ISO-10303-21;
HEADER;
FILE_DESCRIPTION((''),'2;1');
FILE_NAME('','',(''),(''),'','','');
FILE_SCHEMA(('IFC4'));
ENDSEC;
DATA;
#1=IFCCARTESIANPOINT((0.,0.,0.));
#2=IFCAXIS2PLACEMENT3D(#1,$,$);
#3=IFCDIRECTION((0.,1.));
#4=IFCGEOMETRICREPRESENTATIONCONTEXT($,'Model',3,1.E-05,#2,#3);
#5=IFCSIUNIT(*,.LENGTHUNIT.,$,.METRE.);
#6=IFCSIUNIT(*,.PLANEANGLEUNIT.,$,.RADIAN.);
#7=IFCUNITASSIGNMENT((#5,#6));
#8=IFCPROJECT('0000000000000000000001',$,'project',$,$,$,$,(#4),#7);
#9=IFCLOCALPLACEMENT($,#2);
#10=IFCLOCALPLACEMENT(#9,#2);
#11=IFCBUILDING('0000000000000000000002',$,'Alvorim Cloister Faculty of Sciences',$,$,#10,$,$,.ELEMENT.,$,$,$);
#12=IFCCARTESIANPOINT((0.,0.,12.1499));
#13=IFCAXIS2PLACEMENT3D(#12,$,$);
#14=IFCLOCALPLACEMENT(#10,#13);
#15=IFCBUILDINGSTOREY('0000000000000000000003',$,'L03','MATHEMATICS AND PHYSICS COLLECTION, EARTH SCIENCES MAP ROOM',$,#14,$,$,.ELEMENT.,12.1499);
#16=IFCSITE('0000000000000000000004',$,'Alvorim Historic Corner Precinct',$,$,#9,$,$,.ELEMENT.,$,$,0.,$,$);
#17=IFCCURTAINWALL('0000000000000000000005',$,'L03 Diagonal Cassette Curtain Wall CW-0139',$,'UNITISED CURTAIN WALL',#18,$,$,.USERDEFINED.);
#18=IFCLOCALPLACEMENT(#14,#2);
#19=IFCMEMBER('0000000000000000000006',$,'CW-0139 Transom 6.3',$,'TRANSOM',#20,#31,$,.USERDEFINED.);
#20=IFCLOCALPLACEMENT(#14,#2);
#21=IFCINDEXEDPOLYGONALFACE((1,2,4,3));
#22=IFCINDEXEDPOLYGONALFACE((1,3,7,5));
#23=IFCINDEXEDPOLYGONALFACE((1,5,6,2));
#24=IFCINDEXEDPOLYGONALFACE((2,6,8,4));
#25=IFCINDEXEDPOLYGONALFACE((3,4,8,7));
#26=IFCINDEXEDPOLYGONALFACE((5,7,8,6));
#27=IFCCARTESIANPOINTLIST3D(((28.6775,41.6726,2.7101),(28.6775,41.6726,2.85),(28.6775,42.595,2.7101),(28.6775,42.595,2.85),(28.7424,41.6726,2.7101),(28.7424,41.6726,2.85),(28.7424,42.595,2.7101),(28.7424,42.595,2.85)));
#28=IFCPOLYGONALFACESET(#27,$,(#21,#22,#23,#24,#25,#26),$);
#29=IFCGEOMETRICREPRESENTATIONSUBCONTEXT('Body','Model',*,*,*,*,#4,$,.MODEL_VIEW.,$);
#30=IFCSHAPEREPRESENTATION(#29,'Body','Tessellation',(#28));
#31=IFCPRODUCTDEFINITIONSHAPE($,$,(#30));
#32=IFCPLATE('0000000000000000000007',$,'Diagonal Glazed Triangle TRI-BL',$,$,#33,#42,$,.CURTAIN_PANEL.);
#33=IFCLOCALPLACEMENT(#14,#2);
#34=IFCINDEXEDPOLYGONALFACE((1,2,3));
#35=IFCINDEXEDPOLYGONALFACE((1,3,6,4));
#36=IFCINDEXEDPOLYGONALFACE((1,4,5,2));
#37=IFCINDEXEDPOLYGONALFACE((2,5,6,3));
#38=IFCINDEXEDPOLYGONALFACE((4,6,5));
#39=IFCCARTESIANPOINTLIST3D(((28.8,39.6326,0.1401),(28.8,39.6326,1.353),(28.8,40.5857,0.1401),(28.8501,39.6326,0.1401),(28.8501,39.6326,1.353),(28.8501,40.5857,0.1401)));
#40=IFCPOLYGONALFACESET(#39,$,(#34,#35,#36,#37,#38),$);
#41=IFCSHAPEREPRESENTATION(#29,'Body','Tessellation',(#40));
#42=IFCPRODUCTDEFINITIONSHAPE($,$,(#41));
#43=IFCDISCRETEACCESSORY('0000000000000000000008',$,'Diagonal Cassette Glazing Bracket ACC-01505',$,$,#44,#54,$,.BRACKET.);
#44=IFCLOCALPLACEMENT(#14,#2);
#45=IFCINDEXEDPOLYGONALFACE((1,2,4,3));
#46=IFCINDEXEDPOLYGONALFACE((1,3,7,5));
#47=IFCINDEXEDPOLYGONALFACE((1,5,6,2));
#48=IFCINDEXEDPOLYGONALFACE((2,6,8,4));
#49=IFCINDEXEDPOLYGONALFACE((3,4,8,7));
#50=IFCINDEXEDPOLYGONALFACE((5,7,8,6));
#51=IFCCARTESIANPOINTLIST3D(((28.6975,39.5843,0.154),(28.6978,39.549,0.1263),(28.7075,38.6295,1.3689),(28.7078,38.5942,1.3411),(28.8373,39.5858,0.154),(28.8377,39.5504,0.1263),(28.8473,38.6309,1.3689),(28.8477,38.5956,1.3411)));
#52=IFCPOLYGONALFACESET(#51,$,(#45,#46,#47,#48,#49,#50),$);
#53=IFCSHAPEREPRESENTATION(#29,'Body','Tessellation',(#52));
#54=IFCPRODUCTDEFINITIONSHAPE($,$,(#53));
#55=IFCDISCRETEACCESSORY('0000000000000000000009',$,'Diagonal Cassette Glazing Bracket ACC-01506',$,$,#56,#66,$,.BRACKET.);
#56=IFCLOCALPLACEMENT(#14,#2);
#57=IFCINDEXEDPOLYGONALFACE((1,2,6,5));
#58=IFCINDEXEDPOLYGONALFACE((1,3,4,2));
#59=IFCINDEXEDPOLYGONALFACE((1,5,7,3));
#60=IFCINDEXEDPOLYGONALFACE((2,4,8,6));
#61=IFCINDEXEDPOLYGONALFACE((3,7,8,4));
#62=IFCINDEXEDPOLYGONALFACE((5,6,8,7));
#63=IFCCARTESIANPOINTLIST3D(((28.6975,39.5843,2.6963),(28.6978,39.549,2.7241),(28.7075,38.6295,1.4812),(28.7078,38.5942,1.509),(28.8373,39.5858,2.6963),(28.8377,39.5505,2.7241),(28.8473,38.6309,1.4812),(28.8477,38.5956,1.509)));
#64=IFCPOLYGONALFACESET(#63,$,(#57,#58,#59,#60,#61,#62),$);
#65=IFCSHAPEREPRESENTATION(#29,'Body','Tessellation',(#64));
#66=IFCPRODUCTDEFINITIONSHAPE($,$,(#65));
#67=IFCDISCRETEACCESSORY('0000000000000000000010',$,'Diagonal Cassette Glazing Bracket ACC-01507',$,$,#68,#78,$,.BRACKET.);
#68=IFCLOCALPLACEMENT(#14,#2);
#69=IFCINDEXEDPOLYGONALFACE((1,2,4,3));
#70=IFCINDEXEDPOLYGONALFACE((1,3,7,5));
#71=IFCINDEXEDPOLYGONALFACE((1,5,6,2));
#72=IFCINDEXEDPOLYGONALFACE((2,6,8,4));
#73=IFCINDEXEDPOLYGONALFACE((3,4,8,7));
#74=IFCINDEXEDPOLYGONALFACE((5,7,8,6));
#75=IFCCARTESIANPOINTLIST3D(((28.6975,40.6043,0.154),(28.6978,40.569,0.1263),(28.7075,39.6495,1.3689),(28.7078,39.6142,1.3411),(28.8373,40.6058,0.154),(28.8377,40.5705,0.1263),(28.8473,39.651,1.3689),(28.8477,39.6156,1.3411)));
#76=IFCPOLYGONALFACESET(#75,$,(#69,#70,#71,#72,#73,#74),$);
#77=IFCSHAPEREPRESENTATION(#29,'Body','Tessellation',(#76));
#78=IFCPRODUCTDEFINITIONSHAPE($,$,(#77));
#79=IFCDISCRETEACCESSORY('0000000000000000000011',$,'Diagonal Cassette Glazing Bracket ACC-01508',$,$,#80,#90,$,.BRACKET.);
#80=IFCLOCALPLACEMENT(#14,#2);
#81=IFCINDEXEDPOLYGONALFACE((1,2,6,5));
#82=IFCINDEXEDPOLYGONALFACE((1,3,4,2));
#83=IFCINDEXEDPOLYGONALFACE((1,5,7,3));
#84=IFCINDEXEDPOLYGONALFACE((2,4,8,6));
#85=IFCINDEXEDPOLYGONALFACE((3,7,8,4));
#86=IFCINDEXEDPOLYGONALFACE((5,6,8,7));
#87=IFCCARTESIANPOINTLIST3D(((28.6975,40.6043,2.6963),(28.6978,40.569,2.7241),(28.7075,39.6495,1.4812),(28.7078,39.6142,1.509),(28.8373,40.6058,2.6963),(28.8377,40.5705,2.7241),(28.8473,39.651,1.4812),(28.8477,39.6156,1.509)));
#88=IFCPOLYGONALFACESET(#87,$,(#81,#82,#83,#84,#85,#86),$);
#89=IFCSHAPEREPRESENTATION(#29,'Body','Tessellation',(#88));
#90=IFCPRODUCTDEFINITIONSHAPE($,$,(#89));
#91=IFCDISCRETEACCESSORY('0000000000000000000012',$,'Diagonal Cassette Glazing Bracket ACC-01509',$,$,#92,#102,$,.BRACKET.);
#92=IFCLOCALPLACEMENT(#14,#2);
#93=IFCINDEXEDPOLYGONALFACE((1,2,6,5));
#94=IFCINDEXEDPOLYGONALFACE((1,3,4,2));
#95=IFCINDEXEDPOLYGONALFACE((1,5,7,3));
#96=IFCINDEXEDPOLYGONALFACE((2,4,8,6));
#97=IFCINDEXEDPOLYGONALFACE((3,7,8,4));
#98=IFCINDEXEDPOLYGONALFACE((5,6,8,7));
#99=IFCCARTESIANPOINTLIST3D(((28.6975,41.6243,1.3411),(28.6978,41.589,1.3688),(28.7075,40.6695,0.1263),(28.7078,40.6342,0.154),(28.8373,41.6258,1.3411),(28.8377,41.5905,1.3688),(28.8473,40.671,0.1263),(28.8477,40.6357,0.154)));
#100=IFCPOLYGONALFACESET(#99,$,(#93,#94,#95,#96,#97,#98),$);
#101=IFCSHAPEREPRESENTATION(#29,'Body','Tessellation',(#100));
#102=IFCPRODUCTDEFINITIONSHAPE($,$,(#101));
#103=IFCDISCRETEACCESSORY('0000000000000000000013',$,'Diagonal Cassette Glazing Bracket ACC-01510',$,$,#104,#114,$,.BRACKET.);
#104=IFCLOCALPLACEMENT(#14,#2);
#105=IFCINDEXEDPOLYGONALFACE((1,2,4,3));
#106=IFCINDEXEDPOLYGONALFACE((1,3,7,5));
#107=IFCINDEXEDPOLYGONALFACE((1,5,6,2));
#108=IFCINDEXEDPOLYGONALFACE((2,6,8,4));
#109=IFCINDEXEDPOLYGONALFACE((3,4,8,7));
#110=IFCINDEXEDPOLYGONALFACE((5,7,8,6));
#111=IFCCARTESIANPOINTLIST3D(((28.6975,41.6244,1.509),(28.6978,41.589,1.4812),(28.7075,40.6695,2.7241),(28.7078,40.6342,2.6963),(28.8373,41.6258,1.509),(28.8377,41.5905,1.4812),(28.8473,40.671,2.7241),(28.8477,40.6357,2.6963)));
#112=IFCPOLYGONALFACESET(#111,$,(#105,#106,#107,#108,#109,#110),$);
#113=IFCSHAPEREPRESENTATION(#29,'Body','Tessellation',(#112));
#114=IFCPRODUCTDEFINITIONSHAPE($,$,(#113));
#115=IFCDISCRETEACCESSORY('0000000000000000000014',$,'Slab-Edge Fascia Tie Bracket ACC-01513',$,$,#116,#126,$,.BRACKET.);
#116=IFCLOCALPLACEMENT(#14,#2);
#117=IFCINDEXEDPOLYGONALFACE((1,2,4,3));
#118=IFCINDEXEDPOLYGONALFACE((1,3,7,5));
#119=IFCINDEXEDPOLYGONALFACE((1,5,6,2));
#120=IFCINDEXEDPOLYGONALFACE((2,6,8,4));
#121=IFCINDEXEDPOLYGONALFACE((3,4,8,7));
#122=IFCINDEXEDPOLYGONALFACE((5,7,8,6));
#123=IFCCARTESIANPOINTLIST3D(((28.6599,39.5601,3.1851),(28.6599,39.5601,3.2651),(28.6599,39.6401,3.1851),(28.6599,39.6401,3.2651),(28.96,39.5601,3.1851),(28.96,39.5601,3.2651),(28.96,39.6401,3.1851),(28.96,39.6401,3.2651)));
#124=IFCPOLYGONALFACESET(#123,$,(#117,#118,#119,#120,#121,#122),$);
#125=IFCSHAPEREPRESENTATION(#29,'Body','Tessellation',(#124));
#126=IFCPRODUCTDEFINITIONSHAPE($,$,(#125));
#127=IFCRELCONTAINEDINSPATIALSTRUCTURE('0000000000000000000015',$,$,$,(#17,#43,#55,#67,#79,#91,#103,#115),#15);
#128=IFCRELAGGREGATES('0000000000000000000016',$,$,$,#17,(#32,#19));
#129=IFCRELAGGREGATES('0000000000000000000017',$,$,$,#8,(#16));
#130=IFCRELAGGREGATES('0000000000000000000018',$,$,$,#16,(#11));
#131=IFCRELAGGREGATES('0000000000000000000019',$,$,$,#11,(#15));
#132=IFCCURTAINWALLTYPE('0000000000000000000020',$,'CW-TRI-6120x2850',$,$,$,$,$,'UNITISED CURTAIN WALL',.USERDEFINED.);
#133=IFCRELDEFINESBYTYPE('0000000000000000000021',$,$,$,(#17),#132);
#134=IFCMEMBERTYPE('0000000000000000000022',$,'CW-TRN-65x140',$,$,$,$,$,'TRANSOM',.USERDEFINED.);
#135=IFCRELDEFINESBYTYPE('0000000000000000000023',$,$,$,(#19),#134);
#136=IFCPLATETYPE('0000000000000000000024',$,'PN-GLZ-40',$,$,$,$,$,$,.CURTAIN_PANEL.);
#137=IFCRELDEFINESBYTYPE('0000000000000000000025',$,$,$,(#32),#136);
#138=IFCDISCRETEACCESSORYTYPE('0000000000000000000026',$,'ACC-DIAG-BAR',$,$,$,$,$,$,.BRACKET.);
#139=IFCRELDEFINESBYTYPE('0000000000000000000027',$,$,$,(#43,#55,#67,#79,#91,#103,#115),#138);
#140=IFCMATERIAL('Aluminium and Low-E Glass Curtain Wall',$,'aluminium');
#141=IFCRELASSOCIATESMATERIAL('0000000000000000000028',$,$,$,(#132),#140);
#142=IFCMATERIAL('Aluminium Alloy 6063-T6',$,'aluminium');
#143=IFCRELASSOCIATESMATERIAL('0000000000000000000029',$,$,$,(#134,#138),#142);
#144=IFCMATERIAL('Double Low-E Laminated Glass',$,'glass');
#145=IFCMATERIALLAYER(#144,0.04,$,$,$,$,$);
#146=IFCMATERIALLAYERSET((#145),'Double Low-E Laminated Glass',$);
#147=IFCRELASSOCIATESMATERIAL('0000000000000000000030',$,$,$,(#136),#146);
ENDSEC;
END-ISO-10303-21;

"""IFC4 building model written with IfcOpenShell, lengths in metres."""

from ifc_helpers import new_model, si_unit, direction, frame, origin, origin_2d, place, context, subcontext, project, spatial, polyline, rectangle, outline, extrude, material, layer, layer_set, material_profile, profile_set, type_object, element, aggregate, save


model = new_model("IFC4")

# Units and contexts
model_context = context("Model", 3, precision=1e-05, world=origin(), true_north=direction((0.0, 1.0)))
body_context = subcontext(model_context, "Body", "Model", "MODEL_VIEW")
ifc_project = project(units=[si_unit("LENGTHUNIT", "METRE"), si_unit("PLANEANGLEUNIT", "RADIAN")], contexts=[model_context])

# Site, building, storey
site_placement = place(None, origin())
site = spatial("IfcSite", under=ifc_project, at=site_placement, Name="Alvorim Historic Corner Precinct", CompositionType="ELEMENT", RefElevation=0.0)
building_placement = place(site_placement, origin())
building = spatial("IfcBuilding", under=site, at=building_placement, Name="Alvorim Cloister Faculty of Sciences", CompositionType="ELEMENT")
storey_placement = place(building_placement, frame((0.0, 0.0, 12.1499)))
storey = spatial("IfcBuildingStorey", under=building, at=storey_placement, Name="L03", Description="MATHEMATICS AND PHYSICS COLLECTION, EARTH SCIENCES MAP ROOM", CompositionType="ELEMENT", Elevation=12.1499)

# Curtain wall, member, plate
ifc_material_1 = material(Name="Aluminium and Low-E Glass Curtain Wall", Category="aluminium")
curtain_wall_type = type_object("IfcCurtainWallType", Name="CW-TRI-6120x2850", ElementType="UNITISED CURTAIN WALL", PredefinedType="USERDEFINED", material=ifc_material_1)
curtain_wall_placement = place(storey_placement, origin())
curtain_wall = element("IfcCurtainWall", 1, at=curtain_wall_placement, inside=storey, type_object=curtain_wall_type, Name="L03 Diagonal Cassette Curtain Wall CW-0139", ObjectType="UNITISED CURTAIN WALL", PredefinedType="USERDEFINED")
ifc_material_2 = material(Name="Aluminium Alloy 6063-T6", Category="aluminium")
ifc_material_profile_1 = material_profile(ifc_material_2, rectangle(XDim=0.0649, YDim=0.1399, at=origin_2d()), Name="ALU-TRN-65x140")
ifc_profile_set_1 = profile_set([ifc_material_profile_1], Name="Aluminium Alloy 6063-T6")
member_type_1 = type_object("IfcMemberType", Name="CW-TRN-65x140", ElementType="TRANSOM", PredefinedType="USERDEFINED", material=ifc_profile_set_1)
member_1_placement = place(storey_placement, frame((28.71, 41.6726, 2.78), z_axis=(0.0, 1.0, 0.0), x_axis=(-1.0, 0.0, 0.0)))
member_1 = element("IfcMember", 2, at=member_1_placement, type_object=member_type_1, Name="CW-0139 Transom 6.3", ObjectType="TRANSOM", PredefinedType="USERDEFINED", context=body_context, shape_type="SweptSolid", body=[
    extrude(rectangle(XDim=0.0649, YDim=0.1399, at=origin_2d()), origin(), (0.0, 0.0, 1.0), 0.9224),
])
ifc_material_3 = material(Name="Double Low-E Laminated Glass", Category="glass")
ifc_layer = layer(ifc_material_3, 0.04)
ifc_layer_set = layer_set([ifc_layer], Name="Double Low-E Laminated Glass")
plate_type = type_object("IfcPlateType", Name="PN-GLZ-40", PredefinedType="CURTAIN_PANEL", material=ifc_layer_set)
plate_1_placement = place(storey_placement, frame((28.825, 39.6326, 0.1401), z_axis=(0.0, 0.0, 1.0), x_axis=(0.0, 1.0, 0.0)))
plate_1 = element("IfcPlate", 3, at=plate_1_placement, type_object=plate_type, Name="Diagonal Glazed Triangle TRI-BL", PredefinedType="CURTAIN_PANEL", context=body_context, shape_type="SweptSolid", body=[
    extrude(outline(polyline([(0.0, 0.0), (0.9531, 0.0), (0.0, 1.2129), (0.0, 0.0)])), frame((0.0, 0.0249, 0.0), z_axis=(0.0, -1.0, 0.0), x_axis=(1.0, 0.0, 0.0)), (0.0, 0.0, 1.0), 0.05),
])
aggregate(curtain_wall, [plate_1, member_1])

# Discrete accessories
discrete_accessory_type = type_object("IfcDiscreteAccessoryType", Name="ACC-DIAG-BAR", PredefinedType="BRACKET", material=ifc_material_2)
discrete_accessory_1_placement = place(storey_placement, frame((28.7776, 38.6125, 1.355), z_axis=(-0.006478, 0.617934, -0.786203), x_axis=(-0.999945, -0.010483, 0.0)))
element("IfcDiscreteAccessory", 4, at=discrete_accessory_1_placement, inside=storey, type_object=discrete_accessory_type, Name="Diagonal Cassette Glazing Bracket ACC-01505", PredefinedType="BRACKET", context=body_context, shape_type="SweptSolid", body=[
    extrude(rectangle(XDim=0.1399, YDim=0.0449, at=origin_2d()), origin(), (0.0, 0.0, 1.0), 1.5452),
])
discrete_accessory_2_placement = place(storey_placement, frame((28.7776, 38.6125, 1.4951), z_axis=(-0.006477, 0.617857, 0.786263), x_axis=(-0.999945, -0.010483, 0.0)))
element("IfcDiscreteAccessory", 5, at=discrete_accessory_2_placement, inside=storey, type_object=discrete_accessory_type, Name="Diagonal Cassette Glazing Bracket ACC-01506", PredefinedType="BRACKET", context=body_context, shape_type="SweptSolid", body=[
    extrude(rectangle(XDim=0.1399, YDim=0.0449, at=origin_2d()), origin(), (0.0, 0.0, 1.0), 1.5454),
])
discrete_accessory_3_placement = place(storey_placement, frame((28.7776, 39.6326, 1.355), z_axis=(-0.006478, 0.617934, -0.786203), x_axis=(-0.999945, -0.010483, 0.0)))
element("IfcDiscreteAccessory", 6, at=discrete_accessory_3_placement, inside=storey, type_object=discrete_accessory_type, Name="Diagonal Cassette Glazing Bracket ACC-01507", PredefinedType="BRACKET", context=body_context, shape_type="SweptSolid", body=[
    extrude(rectangle(XDim=0.1399, YDim=0.0449, at=origin_2d()), origin(), (0.0, 0.0, 1.0), 1.5452),
])
discrete_accessory_4_placement = place(storey_placement, frame((28.7776, 39.6326, 1.4951), z_axis=(-0.006477, 0.617857, 0.786263), x_axis=(-0.999945, -0.010483, 0.0)))
element("IfcDiscreteAccessory", 7, at=discrete_accessory_4_placement, inside=storey, type_object=discrete_accessory_type, Name="Diagonal Cassette Glazing Bracket ACC-01508", PredefinedType="BRACKET", context=body_context, shape_type="SweptSolid", body=[
    extrude(rectangle(XDim=0.1399, YDim=0.0449, at=origin_2d()), origin(), (0.0, 0.0, 1.0), 1.5454),
])
discrete_accessory_5_placement = place(storey_placement, frame((28.7776, 40.6526, 0.1401), z_axis=(-0.006478, 0.617934, 0.786203), x_axis=(-0.999945, -0.010483, 0.0)))
element("IfcDiscreteAccessory", 8, at=discrete_accessory_5_placement, inside=storey, type_object=discrete_accessory_type, Name="Diagonal Cassette Glazing Bracket ACC-01509", PredefinedType="BRACKET", context=body_context, shape_type="SweptSolid", body=[
    extrude(rectangle(XDim=0.1399, YDim=0.0449, at=origin_2d()), origin(), (0.0, 0.0, 1.0), 1.5452),
])
discrete_accessory_6_placement = place(storey_placement, frame((28.7776, 40.6526, 2.7102), z_axis=(-0.006477, 0.617857, -0.786263), x_axis=(-0.999945, -0.010483, 0.0)))
element("IfcDiscreteAccessory", 9, at=discrete_accessory_6_placement, inside=storey, type_object=discrete_accessory_type, Name="Diagonal Cassette Glazing Bracket ACC-01510", PredefinedType="BRACKET", context=body_context, shape_type="SweptSolid", body=[
    extrude(rectangle(XDim=0.1399, YDim=0.0449, at=origin_2d()), origin(), (0.0, 0.0, 1.0), 1.5454),
])
discrete_accessory_7_placement = place(storey_placement, frame((28.6599, 39.6001, 3.2251), z_axis=(1.0, 0.0, 0.0), x_axis=(0.0, 1.0, 0.0)))
element("IfcDiscreteAccessory", 10, at=discrete_accessory_7_placement, inside=storey, type_object=discrete_accessory_type, Name="Slab-Edge Fascia Tie Bracket ACC-01513", PredefinedType="BRACKET", context=body_context, shape_type="SweptSolid", body=[
    extrude(rectangle(XDim=0.0801, YDim=0.0801, at=origin_2d()), origin(), (0.0, 0.0, 1.0), 0.3),
])

save(model, "model.ifc")
